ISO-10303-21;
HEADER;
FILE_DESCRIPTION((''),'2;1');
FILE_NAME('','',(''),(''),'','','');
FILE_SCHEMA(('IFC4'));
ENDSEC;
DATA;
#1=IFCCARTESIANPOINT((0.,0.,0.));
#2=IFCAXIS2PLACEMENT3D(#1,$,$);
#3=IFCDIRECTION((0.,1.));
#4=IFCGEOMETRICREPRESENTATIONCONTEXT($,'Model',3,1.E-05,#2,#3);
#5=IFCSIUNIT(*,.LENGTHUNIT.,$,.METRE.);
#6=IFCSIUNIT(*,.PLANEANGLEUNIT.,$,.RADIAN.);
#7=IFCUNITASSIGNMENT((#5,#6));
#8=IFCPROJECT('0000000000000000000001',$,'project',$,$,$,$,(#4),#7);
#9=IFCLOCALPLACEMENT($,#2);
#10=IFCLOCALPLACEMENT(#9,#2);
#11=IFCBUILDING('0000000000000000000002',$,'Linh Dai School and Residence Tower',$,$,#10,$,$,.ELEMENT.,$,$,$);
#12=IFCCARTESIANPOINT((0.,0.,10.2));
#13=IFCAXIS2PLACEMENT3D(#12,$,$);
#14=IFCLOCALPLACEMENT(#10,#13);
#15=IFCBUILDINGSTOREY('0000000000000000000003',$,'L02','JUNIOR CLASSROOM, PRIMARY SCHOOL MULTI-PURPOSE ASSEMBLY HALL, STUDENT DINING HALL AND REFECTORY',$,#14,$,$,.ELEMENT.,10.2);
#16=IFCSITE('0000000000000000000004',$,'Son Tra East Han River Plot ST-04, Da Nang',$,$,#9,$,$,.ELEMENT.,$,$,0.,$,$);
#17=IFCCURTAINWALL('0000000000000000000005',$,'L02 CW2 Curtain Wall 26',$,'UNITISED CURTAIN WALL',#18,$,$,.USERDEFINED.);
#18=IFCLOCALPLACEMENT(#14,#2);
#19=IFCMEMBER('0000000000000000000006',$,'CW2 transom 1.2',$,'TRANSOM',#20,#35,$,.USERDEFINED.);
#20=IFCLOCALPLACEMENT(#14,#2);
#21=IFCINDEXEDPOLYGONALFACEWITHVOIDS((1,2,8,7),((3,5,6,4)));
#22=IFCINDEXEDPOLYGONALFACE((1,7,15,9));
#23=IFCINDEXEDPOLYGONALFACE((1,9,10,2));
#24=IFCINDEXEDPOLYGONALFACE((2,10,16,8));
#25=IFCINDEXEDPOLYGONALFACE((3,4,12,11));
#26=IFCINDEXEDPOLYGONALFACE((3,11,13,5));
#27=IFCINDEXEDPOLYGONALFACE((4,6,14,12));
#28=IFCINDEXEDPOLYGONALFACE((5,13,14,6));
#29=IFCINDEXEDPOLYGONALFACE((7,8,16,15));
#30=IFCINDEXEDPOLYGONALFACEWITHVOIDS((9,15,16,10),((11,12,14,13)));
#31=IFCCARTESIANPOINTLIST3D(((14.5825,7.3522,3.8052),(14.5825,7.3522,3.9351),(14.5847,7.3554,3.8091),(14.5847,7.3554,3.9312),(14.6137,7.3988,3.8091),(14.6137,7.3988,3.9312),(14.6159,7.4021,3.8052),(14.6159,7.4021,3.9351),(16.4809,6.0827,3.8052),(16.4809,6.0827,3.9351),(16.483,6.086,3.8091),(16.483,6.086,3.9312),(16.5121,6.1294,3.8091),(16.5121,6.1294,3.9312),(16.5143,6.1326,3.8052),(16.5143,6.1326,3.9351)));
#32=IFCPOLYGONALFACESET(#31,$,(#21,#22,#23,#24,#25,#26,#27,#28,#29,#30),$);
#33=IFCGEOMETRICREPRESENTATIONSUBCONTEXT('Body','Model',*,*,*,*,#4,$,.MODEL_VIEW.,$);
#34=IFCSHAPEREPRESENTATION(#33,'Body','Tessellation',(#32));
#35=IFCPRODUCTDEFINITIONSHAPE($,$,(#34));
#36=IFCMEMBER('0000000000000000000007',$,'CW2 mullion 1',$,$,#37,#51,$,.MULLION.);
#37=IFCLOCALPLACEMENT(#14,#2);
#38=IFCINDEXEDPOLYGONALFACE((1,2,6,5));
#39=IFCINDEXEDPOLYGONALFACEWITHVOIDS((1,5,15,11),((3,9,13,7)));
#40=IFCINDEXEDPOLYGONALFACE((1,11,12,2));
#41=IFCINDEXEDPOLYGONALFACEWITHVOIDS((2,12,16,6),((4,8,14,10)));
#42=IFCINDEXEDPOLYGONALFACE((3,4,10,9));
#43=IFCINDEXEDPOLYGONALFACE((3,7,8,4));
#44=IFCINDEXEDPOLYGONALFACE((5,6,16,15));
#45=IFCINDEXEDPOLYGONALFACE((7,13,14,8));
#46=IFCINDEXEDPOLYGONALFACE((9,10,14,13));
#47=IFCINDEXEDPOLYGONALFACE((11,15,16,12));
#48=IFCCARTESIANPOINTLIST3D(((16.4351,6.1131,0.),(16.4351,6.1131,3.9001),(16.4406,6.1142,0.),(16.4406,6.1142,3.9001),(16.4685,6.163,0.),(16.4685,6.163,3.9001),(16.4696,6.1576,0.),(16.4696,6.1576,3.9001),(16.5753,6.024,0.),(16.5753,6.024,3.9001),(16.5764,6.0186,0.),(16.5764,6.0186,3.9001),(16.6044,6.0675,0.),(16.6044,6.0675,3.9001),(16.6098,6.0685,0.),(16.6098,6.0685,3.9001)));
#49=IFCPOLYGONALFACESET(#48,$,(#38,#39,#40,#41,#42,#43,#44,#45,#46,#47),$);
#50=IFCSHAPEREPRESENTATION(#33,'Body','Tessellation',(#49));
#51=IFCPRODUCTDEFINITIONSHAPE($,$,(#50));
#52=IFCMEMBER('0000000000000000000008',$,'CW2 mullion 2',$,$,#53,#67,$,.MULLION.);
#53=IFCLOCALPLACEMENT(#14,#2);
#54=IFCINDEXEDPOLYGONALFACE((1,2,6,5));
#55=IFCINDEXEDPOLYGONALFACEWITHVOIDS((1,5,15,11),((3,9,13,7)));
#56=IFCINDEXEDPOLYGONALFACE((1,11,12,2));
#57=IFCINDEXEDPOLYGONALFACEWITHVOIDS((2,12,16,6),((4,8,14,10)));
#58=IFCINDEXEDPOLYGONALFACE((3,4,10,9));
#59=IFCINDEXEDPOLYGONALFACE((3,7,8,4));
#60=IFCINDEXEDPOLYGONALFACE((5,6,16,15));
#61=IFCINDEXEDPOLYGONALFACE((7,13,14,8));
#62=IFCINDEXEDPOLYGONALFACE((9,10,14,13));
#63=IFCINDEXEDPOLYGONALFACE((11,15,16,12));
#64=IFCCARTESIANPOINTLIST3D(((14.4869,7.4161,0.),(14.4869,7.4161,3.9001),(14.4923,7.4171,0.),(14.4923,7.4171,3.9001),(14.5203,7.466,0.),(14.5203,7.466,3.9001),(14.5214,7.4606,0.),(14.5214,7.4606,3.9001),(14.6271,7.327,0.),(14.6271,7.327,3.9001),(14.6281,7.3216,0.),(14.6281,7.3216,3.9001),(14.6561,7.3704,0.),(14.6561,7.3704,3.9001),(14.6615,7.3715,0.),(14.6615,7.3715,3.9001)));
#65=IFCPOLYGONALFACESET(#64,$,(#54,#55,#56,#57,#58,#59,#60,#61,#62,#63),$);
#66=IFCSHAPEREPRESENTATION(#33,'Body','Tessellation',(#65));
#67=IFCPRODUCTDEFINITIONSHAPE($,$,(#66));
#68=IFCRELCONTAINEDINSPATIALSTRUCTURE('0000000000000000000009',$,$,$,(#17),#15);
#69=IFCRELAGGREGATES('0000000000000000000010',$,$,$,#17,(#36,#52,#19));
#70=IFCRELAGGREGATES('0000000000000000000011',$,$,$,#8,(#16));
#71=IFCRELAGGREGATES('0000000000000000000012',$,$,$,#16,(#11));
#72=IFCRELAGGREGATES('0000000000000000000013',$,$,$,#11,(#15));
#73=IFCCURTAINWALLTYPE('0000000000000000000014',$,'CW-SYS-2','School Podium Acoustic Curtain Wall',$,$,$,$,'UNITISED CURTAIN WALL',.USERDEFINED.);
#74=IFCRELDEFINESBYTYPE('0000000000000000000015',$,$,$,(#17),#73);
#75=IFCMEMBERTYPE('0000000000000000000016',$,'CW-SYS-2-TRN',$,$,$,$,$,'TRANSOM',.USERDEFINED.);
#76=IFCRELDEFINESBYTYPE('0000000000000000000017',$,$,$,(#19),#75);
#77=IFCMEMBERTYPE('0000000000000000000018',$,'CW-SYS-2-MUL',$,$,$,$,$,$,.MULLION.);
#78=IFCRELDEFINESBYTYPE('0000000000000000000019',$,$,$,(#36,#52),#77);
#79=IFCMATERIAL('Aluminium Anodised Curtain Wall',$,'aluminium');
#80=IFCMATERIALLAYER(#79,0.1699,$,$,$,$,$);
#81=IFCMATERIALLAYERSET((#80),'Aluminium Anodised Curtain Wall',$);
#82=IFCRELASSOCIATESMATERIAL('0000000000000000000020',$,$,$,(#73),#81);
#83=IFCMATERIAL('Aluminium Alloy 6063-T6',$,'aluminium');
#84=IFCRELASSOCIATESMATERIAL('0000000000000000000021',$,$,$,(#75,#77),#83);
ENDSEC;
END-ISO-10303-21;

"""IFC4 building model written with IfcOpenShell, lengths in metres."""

from ifc_helpers import new_model, si_unit, direction, frame, origin, origin_2d, place, context, subcontext, project, spatial, hollow_rectangle, extrude, source, transform, mapped, material, layer, layer_set, material_profile, profile_set, type_object, element, aggregate, save


model = new_model("IFC4")

# Units and contexts
model_context = context("Model", 3, precision=1e-05, world=origin(), true_north=direction((0.0, 1.0)))
body_context = subcontext(model_context, "Body", "Model", "MODEL_VIEW")
ifc_project = project(units=[si_unit("LENGTHUNIT", "METRE"), si_unit("PLANEANGLEUNIT", "RADIAN")], contexts=[model_context])

# Site, building, storey
site_placement = place(None, origin())
site = spatial("IfcSite", under=ifc_project, at=site_placement, Name="Son Tra East Han River Plot ST-04, Da Nang", CompositionType="ELEMENT", RefElevation=0.0)
building_placement = place(site_placement, origin())
building = spatial("IfcBuilding", under=site, at=building_placement, Name="Linh Dai School and Residence Tower", CompositionType="ELEMENT")
storey_placement = place(building_placement, frame((0.0, 0.0, 10.2)))
storey = spatial("IfcBuildingStorey", under=building, at=storey_placement, Name="L02", Description="JUNIOR CLASSROOM, PRIMARY SCHOOL MULTI-PURPOSE ASSEMBLY HALL, STUDENT DINING HALL AND REFECTORY", CompositionType="ELEMENT", Elevation=10.2)

# Curtain wall, members
ifc_material_1 = material(Name="Aluminium Anodised Curtain Wall", Category="aluminium")
ifc_layer_1 = layer(ifc_material_1, 0.1699)
ifc_layer_set_1 = layer_set([ifc_layer_1], Name="Aluminium Anodised Curtain Wall")
curtain_wall_type = type_object("IfcCurtainWallType", Name="CW-SYS-2", Description="School Podium Acoustic Curtain Wall", ElementType="UNITISED CURTAIN WALL", PredefinedType="USERDEFINED", material=ifc_layer_set_1)
curtain_wall_placement = place(storey_placement, origin())
curtain_wall = element("IfcCurtainWall", 1, at=curtain_wall_placement, inside=storey, type_object=curtain_wall_type, Name="L02 CW2 Curtain Wall 26", ObjectType="UNITISED CURTAIN WALL", PredefinedType="USERDEFINED")
ifc_material_2 = material(Name="Aluminium Alloy 6063-T6", Category="aluminium")
ifc_material_profile_1 = material_profile(ifc_material_2, hollow_rectangle(XDim=0.0601, YDim=0.1299, WallThickness=0.0039, at=origin_2d()), Name="RHS 130x60x4")
ifc_profile_set_1 = profile_set([ifc_material_profile_1], Name="Aluminium Alloy 6063-T6")
member_type_1 = type_object("IfcMemberType", Name="CW-SYS-2-TRN", ElementType="TRANSOM", PredefinedType="USERDEFINED", material=ifc_profile_set_1)
shared_shape_1 = source(origin(), body_context, "Body", "SweptSolid", [
    extrude(hollow_rectangle(XDim=0.0601, YDim=0.1299, WallThickness=0.0039, at=origin_2d()), origin(), (0.0, 0.0, 1.0), 2.2837),
])
member_1_placement = place(storey_placement, frame((16.4976, 6.1077, 3.8701), z_axis=(-0.83126, 0.555884, 0.0), x_axis=(-0.555884, -0.83126, 0.0)))
member_1 = element("IfcMember", 2, at=member_1_placement, type_object=member_type_1, Name="CW2 transom 1.2", ObjectType="TRANSOM", PredefinedType="USERDEFINED", context=body_context, shape_type="MappedRepresentation", body=[
    mapped(shared_shape_1, transform((0.0, 0.0, 0.0), x_axis=(1.0, 0.0, 0.0), y_axis=(0.0, 1.0, 0.0), z_axis=(0.0, 0.0, 1.0), scale=1.0)),
])
ifc_material_profile_2 = material_profile(ifc_material_2, hollow_rectangle(XDim=0.0601, YDim=0.1699, WallThickness=0.0039, at=origin_2d()), Name="RHS 170x60x4")
ifc_profile_set_2 = profile_set([ifc_material_profile_2], Name="Aluminium Alloy 6063-T6")
member_type_2 = type_object("IfcMemberType", Name="CW-SYS-2-MUL", PredefinedType="MULLION", material=ifc_profile_set_2)
shared_shape_2 = source(origin(), body_context, "Body", "SweptSolid", [
    extrude(hollow_rectangle(XDim=0.0601, YDim=0.1699, WallThickness=0.0039, at=origin_2d()), origin(), (0.0, 0.0, 1.0), 3.9001),
])
member_2_placement = place(storey_placement, frame((16.5225, 6.0908, 0.0), z_axis=(0.0, 0.0, 1.0), x_axis=(-0.555957, -0.831211, 0.0)))
member_2 = element("IfcMember", 3, at=member_2_placement, type_object=member_type_2, Name="CW2 mullion 1", PredefinedType="MULLION", context=body_context, shape_type="MappedRepresentation", body=[
    mapped(shared_shape_2, transform((0.0, 0.0, 0.0), x_axis=(1.0, 0.0, 0.0), y_axis=(0.0, 1.0, 0.0), z_axis=(0.0, 0.0, 1.0), scale=1.0)),
])
member_3_placement = place(storey_placement, frame((14.5742, 7.3938, 0.0), z_axis=(0.0, 0.0, 1.0), x_axis=(-0.555957, -0.831211, 0.0)))
member_3 = element("IfcMember", 4, at=member_3_placement, type_object=member_type_2, Name="CW2 mullion 2", PredefinedType="MULLION", context=body_context, shape_type="MappedRepresentation", body=[
    mapped(shared_shape_2, transform((0.0, 0.0, 0.0), x_axis=(1.0, 0.0, 0.0), y_axis=(0.0, 1.0, 0.0), z_axis=(0.0, 0.0, 1.0), scale=1.0)),
])

aggregate(curtain_wall, [member_2, member_3, member_1])

save(model, "model.ifc")
